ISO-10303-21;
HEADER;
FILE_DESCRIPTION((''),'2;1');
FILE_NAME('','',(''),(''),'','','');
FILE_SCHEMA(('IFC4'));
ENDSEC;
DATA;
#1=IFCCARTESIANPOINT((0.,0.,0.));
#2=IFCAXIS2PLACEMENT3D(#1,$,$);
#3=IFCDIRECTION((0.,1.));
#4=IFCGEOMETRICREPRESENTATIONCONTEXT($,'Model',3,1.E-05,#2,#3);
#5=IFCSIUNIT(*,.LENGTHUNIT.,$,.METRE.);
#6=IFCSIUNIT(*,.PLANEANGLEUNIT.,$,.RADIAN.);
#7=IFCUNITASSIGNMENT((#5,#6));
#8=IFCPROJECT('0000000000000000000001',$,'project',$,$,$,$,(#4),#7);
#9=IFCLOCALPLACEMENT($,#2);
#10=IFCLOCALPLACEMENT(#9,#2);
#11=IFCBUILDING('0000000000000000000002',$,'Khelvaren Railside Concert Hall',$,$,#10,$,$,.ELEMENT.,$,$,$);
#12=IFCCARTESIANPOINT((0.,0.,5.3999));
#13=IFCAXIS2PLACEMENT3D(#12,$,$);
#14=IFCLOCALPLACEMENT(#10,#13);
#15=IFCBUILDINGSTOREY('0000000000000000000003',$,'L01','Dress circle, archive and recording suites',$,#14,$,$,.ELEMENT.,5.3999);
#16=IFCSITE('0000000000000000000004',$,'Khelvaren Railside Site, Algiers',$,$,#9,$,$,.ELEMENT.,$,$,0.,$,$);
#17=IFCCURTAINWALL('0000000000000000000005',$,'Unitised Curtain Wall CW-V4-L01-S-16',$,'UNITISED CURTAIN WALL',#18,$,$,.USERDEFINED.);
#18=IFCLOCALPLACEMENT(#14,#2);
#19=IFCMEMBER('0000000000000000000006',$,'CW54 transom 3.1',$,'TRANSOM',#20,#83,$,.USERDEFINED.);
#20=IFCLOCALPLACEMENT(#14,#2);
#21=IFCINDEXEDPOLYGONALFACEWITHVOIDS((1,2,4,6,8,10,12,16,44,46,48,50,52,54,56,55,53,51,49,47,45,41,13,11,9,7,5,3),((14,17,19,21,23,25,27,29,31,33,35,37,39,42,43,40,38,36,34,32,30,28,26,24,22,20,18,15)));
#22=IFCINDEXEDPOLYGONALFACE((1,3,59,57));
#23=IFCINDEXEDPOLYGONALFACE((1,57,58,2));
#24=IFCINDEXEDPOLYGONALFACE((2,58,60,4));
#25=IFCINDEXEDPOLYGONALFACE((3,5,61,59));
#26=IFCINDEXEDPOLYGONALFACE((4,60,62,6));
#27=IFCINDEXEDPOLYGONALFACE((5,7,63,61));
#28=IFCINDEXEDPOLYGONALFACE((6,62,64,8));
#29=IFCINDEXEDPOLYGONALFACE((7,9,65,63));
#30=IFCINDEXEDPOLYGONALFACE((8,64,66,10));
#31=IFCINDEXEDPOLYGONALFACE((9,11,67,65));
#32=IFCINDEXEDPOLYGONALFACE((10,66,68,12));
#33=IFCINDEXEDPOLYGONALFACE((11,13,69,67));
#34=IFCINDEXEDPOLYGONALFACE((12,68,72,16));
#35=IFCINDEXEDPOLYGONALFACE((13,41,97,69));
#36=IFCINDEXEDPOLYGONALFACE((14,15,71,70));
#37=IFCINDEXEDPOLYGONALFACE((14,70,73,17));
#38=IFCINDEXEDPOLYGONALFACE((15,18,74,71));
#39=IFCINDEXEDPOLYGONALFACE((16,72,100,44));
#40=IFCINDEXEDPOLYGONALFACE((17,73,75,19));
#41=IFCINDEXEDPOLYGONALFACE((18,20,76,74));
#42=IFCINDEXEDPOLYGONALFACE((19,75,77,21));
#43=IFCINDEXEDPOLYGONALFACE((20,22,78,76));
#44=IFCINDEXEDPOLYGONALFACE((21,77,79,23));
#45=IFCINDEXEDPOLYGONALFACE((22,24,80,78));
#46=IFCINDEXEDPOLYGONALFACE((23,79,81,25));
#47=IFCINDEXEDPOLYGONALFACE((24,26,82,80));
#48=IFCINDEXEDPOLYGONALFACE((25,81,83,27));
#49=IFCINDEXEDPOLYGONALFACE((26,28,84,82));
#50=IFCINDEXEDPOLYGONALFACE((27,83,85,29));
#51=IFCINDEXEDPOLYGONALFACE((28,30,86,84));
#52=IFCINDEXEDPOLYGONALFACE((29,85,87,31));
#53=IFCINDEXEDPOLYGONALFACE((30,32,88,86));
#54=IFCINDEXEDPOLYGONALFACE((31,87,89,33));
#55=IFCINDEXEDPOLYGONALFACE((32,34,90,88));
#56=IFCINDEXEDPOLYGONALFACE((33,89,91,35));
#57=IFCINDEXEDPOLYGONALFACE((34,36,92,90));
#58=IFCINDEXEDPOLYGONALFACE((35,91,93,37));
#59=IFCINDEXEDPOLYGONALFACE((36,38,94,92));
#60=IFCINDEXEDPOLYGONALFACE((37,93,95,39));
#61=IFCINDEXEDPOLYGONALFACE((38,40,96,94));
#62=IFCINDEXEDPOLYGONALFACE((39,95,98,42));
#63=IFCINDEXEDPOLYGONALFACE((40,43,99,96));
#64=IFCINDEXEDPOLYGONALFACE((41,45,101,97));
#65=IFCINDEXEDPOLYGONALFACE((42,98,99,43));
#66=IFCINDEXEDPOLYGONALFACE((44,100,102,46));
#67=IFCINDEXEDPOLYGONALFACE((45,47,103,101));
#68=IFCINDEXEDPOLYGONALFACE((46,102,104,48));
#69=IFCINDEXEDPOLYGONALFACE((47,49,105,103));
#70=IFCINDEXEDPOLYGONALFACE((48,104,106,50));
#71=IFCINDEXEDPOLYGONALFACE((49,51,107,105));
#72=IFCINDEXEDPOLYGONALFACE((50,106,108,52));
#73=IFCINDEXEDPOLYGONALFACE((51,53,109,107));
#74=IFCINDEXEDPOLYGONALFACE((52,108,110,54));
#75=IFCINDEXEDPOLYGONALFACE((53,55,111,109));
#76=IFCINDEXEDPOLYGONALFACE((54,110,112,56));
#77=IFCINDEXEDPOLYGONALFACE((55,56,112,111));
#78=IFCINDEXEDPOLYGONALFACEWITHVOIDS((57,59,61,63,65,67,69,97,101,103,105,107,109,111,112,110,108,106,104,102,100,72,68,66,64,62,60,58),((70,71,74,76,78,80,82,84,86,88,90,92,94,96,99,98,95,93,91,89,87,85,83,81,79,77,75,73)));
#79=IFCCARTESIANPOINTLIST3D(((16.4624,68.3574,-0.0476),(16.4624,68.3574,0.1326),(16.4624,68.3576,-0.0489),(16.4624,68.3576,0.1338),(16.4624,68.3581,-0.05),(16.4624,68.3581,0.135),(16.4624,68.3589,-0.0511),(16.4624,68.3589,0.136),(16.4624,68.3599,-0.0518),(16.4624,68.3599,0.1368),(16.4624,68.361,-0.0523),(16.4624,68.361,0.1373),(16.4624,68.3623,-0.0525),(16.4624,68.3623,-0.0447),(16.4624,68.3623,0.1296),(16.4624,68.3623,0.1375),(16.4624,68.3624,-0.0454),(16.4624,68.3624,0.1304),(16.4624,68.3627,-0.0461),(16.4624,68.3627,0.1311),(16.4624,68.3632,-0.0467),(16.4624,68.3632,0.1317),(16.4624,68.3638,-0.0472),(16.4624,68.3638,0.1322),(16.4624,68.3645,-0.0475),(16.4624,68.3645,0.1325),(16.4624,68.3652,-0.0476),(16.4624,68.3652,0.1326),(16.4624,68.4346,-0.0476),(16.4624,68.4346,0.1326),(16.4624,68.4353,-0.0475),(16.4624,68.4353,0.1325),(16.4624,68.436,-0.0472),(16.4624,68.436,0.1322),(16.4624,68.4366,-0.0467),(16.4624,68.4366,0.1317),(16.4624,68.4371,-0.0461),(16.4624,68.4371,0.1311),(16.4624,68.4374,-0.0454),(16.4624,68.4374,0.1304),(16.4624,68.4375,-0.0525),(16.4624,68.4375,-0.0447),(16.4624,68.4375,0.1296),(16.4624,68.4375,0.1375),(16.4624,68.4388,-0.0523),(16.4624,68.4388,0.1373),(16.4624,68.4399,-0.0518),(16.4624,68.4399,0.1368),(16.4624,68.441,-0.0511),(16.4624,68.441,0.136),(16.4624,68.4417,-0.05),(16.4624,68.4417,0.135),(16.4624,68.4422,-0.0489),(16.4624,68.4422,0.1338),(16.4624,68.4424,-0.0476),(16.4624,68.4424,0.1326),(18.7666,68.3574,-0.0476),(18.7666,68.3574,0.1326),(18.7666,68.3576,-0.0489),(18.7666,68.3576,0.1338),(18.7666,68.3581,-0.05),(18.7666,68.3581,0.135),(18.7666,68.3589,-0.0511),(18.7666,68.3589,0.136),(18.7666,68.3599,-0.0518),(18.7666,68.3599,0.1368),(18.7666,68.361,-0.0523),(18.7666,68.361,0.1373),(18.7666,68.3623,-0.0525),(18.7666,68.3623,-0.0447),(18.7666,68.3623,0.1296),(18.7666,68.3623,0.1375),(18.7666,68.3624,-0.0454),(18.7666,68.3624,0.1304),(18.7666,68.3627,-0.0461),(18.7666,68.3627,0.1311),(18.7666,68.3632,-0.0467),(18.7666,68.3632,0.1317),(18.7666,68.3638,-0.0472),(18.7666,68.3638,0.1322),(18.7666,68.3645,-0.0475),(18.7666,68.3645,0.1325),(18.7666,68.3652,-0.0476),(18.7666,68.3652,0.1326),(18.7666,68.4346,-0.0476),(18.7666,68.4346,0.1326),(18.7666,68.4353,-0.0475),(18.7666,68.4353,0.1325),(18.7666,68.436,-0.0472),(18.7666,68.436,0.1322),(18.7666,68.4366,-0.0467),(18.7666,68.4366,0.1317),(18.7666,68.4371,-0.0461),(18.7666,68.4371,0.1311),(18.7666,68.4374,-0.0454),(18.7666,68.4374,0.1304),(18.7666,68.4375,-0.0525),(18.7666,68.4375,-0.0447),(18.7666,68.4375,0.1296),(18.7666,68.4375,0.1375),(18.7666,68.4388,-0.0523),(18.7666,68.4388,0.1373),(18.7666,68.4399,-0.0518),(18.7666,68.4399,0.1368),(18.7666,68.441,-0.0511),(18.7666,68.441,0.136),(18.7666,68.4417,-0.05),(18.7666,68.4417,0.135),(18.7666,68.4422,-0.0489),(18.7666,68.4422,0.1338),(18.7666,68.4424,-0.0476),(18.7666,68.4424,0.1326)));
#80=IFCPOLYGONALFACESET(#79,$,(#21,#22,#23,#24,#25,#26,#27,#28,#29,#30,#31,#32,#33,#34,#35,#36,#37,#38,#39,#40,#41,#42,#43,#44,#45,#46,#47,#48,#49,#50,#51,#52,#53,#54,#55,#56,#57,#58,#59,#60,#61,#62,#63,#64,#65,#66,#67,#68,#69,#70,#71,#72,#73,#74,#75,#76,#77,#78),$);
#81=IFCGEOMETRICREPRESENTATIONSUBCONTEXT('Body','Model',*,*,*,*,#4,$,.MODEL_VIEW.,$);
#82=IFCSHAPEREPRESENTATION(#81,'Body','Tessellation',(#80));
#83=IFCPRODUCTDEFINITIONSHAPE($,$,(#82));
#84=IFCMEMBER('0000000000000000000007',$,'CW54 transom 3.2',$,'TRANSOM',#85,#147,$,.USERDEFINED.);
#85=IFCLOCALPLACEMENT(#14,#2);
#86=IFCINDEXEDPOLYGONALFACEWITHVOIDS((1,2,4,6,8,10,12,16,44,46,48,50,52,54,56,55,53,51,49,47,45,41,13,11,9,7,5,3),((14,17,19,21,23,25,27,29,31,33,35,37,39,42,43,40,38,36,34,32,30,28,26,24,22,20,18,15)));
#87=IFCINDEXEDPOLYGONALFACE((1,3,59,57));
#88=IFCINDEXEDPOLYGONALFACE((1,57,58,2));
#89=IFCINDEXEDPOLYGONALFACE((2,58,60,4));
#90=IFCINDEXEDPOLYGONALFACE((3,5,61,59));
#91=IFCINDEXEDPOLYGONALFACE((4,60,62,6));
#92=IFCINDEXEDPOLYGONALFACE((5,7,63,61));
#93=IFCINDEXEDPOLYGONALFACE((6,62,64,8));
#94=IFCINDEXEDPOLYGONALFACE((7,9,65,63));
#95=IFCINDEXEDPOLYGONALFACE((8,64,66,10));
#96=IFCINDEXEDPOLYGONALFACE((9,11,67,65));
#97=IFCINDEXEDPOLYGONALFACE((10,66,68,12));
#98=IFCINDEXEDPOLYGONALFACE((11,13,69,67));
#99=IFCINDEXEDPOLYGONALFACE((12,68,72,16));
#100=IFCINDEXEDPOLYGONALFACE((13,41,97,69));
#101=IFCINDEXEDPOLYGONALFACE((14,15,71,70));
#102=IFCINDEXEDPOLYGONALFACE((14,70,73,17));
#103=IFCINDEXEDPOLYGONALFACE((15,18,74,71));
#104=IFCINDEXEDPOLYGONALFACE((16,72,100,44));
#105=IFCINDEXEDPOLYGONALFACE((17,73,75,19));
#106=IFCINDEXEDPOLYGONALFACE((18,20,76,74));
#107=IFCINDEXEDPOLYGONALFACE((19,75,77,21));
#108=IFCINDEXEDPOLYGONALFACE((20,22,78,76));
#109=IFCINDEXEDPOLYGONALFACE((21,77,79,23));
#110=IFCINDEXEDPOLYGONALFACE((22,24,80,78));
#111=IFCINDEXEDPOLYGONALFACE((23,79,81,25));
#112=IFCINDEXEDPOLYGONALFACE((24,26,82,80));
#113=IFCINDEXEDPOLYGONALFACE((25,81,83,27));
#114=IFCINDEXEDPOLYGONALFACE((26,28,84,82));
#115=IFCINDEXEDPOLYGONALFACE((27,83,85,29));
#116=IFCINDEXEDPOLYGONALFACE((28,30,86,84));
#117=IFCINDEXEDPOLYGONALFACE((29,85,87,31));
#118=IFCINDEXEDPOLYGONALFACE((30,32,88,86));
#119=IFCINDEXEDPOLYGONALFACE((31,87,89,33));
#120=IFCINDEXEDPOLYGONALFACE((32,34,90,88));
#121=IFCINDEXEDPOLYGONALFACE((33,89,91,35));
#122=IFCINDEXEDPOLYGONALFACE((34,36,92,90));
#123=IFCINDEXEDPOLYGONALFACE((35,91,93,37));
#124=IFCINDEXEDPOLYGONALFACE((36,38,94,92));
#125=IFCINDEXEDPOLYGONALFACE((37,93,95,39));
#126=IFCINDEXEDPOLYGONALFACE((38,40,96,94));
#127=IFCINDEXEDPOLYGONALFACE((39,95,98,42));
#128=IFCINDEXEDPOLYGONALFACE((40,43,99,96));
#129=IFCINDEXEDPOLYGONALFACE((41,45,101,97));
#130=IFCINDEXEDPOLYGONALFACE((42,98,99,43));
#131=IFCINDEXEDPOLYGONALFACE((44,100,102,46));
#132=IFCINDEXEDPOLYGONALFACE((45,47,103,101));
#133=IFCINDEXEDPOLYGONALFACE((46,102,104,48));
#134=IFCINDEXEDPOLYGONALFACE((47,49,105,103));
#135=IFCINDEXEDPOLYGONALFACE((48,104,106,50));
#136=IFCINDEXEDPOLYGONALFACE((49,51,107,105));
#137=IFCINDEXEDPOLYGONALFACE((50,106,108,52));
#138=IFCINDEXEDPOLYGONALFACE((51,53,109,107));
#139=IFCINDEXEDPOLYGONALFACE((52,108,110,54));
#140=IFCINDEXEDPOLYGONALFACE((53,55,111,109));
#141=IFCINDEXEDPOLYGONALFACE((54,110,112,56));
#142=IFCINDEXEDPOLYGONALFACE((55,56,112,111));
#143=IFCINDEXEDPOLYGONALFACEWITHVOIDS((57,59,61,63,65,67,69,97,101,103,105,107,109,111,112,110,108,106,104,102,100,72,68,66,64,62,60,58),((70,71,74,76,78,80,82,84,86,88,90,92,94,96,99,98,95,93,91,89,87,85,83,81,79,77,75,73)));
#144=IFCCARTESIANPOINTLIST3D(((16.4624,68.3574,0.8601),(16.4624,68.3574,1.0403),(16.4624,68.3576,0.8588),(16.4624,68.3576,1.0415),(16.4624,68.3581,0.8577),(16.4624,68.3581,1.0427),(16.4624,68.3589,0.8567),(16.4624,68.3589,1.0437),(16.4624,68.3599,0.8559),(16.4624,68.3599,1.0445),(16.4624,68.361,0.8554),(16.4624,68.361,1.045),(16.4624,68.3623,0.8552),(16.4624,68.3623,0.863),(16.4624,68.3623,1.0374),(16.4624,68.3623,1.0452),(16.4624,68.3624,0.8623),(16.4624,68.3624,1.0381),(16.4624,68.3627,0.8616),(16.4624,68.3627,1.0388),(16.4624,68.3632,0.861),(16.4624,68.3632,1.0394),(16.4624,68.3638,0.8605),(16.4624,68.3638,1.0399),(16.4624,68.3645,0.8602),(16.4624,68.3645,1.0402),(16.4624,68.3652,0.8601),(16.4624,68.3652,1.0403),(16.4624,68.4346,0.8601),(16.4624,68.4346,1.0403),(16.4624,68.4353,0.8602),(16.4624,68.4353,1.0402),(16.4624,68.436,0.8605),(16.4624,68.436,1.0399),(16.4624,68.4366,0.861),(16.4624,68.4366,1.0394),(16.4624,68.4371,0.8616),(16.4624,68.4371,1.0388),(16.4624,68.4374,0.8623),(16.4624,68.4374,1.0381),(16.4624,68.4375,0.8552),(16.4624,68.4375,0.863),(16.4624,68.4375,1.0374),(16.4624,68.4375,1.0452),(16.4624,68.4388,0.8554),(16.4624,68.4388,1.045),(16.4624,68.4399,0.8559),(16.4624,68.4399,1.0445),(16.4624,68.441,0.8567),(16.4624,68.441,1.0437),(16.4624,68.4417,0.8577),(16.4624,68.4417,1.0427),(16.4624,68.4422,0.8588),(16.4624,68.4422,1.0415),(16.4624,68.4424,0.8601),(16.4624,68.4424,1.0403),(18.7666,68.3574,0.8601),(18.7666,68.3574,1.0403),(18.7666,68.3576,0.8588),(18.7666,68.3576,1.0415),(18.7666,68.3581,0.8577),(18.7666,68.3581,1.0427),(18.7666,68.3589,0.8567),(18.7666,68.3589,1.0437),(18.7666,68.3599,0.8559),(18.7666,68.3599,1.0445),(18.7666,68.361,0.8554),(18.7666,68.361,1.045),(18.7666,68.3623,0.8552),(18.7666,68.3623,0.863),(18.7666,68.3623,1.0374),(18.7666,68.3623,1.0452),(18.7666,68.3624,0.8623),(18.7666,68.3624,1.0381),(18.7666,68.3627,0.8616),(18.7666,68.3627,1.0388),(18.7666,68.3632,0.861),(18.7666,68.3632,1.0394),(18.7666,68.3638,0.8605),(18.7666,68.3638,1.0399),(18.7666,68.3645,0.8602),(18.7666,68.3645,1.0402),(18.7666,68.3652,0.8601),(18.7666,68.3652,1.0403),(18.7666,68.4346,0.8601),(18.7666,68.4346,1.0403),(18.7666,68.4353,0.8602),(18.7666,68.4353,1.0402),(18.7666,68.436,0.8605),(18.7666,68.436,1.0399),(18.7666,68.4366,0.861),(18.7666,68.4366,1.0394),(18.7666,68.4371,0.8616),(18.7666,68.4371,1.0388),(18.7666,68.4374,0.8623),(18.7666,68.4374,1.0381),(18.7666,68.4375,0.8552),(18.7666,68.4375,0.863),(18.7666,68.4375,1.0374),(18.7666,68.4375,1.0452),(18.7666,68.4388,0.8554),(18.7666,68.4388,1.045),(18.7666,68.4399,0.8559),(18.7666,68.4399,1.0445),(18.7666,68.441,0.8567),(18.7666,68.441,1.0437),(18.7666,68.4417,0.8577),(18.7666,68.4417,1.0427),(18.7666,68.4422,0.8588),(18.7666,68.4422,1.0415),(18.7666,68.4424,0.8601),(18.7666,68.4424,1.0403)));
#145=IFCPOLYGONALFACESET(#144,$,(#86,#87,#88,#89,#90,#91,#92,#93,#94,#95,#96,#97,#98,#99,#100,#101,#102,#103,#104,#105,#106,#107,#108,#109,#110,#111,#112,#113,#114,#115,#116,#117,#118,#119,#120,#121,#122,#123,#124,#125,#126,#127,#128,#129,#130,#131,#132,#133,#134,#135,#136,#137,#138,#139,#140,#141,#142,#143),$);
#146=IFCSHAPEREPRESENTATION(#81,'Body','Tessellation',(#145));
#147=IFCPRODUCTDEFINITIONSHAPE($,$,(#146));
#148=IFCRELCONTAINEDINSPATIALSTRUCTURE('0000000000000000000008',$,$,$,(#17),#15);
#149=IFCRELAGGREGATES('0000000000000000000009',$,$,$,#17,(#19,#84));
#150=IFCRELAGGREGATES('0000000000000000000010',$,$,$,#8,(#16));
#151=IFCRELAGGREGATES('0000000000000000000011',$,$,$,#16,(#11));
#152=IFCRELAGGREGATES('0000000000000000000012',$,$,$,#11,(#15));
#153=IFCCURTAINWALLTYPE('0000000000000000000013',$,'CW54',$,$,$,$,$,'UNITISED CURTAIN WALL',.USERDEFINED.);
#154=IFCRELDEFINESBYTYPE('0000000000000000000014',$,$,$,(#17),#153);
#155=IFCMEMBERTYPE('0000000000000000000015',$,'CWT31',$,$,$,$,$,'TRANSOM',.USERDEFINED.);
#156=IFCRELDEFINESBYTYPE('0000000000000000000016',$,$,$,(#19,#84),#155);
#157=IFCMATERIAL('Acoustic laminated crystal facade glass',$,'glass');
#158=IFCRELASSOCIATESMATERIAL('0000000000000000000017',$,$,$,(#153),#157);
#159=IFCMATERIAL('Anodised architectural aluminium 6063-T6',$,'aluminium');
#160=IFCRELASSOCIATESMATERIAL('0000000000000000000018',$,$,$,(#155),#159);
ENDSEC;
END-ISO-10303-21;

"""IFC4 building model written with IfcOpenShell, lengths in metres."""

from ifc_helpers import new_model, si_unit, direction, frame, origin, origin_2d, place, context, subcontext, project, spatial, hollow_rectangle, extrude, material, material_profile, profile_set, type_object, element, aggregate, save


model = new_model("IFC4")

# Units and contexts
model_context = context("Model", 3, precision=1e-05, world=origin(), true_north=direction((0.0, 1.0)))
body_context = subcontext(model_context, "Body", "Model", "MODEL_VIEW")
ifc_project = project(units=[si_unit("LENGTHUNIT", "METRE"), si_unit("PLANEANGLEUNIT", "RADIAN")], contexts=[model_context])

# Site, building, storey
site_placement = place(None, origin())
site = spatial("IfcSite", under=ifc_project, at=site_placement, Name="Khelvaren Railside Site, Algiers", CompositionType="ELEMENT", RefElevation=0.0)
building_placement = place(site_placement, origin())
building = spatial("IfcBuilding", under=site, at=building_placement, Name="Khelvaren Railside Concert Hall", CompositionType="ELEMENT")
storey_placement = place(building_placement, frame((0.0, 0.0, 5.3999)))
storey = spatial("IfcBuildingStorey", under=building, at=storey_placement, Name="L01", Description="Dress circle, archive and recording suites", CompositionType="ELEMENT", Elevation=5.3999)

# Curtain wall, members
ifc_material_1 = material(Name="Acoustic laminated crystal facade glass", Category="glass")
curtain_wall_type = type_object("IfcCurtainWallType", Name="CW54", ElementType="UNITISED CURTAIN WALL", PredefinedType="USERDEFINED", material=ifc_material_1)
curtain_wall_placement = place(storey_placement, origin())
curtain_wall = element("IfcCurtainWall", 1, at=curtain_wall_placement, inside=storey, type_object=curtain_wall_type, Name="Unitised Curtain Wall CW-V4-L01-S-16", ObjectType="UNITISED CURTAIN WALL", PredefinedType="USERDEFINED")
ifc_material_2 = material(Name="Anodised architectural aluminium 6063-T6", Category="aluminium")
ifc_material_profile_1 = material_profile(ifc_material_2, hollow_rectangle(XDim=0.085, YDim=0.1899, WallThickness=0.0049, InnerFilletRadius=0.0029, OuterFilletRadius=0.0049, at=origin_2d()), Name="CWT 85x190x5")
ifc_profile_set_1 = profile_set([ifc_material_profile_1], Name="Anodised architectural aluminium 6063-T6")
member_type_1 = type_object("IfcMemberType", Name="CWT31", ElementType="TRANSOM", PredefinedType="USERDEFINED", material=ifc_profile_set_1)
member_1_placement = place(storey_placement, frame((18.7666, 68.3999, 0.0425), z_axis=(-1.0, 0.0, 0.0), x_axis=(0.0, -1.0, 0.0)))
member_1 = element("IfcMember", 2, at=member_1_placement, type_object=member_type_1, Name="CW54 transom 3.1", ObjectType="TRANSOM", PredefinedType="USERDEFINED", context=body_context, shape_type="SweptSolid", body=[
    extrude(hollow_rectangle(XDim=0.085, YDim=0.1899, WallThickness=0.0049, InnerFilletRadius=0.0029, OuterFilletRadius=0.0049, at=origin_2d()), origin(), (0.0, 0.0, 1.0), 2.3042),
])
member_2_placement = place(storey_placement, frame((18.7666, 68.3999, 0.9502), z_axis=(-1.0, 0.0, 0.0), x_axis=(0.0, -1.0, 0.0)))
member_2 = element("IfcMember", 3, at=member_2_placement, type_object=member_type_1, Name="CW54 transom 3.2", ObjectType="TRANSOM", PredefinedType="USERDEFINED", context=body_context, shape_type="SweptSolid", body=[
    extrude(hollow_rectangle(XDim=0.085, YDim=0.1899, WallThickness=0.0049, InnerFilletRadius=0.0029, OuterFilletRadius=0.0049, at=origin_2d()), origin(), (0.0, 0.0, 1.0), 2.3042),
])

aggregate(curtain_wall, [member_1, member_2])

save(model, "model.ifc")
